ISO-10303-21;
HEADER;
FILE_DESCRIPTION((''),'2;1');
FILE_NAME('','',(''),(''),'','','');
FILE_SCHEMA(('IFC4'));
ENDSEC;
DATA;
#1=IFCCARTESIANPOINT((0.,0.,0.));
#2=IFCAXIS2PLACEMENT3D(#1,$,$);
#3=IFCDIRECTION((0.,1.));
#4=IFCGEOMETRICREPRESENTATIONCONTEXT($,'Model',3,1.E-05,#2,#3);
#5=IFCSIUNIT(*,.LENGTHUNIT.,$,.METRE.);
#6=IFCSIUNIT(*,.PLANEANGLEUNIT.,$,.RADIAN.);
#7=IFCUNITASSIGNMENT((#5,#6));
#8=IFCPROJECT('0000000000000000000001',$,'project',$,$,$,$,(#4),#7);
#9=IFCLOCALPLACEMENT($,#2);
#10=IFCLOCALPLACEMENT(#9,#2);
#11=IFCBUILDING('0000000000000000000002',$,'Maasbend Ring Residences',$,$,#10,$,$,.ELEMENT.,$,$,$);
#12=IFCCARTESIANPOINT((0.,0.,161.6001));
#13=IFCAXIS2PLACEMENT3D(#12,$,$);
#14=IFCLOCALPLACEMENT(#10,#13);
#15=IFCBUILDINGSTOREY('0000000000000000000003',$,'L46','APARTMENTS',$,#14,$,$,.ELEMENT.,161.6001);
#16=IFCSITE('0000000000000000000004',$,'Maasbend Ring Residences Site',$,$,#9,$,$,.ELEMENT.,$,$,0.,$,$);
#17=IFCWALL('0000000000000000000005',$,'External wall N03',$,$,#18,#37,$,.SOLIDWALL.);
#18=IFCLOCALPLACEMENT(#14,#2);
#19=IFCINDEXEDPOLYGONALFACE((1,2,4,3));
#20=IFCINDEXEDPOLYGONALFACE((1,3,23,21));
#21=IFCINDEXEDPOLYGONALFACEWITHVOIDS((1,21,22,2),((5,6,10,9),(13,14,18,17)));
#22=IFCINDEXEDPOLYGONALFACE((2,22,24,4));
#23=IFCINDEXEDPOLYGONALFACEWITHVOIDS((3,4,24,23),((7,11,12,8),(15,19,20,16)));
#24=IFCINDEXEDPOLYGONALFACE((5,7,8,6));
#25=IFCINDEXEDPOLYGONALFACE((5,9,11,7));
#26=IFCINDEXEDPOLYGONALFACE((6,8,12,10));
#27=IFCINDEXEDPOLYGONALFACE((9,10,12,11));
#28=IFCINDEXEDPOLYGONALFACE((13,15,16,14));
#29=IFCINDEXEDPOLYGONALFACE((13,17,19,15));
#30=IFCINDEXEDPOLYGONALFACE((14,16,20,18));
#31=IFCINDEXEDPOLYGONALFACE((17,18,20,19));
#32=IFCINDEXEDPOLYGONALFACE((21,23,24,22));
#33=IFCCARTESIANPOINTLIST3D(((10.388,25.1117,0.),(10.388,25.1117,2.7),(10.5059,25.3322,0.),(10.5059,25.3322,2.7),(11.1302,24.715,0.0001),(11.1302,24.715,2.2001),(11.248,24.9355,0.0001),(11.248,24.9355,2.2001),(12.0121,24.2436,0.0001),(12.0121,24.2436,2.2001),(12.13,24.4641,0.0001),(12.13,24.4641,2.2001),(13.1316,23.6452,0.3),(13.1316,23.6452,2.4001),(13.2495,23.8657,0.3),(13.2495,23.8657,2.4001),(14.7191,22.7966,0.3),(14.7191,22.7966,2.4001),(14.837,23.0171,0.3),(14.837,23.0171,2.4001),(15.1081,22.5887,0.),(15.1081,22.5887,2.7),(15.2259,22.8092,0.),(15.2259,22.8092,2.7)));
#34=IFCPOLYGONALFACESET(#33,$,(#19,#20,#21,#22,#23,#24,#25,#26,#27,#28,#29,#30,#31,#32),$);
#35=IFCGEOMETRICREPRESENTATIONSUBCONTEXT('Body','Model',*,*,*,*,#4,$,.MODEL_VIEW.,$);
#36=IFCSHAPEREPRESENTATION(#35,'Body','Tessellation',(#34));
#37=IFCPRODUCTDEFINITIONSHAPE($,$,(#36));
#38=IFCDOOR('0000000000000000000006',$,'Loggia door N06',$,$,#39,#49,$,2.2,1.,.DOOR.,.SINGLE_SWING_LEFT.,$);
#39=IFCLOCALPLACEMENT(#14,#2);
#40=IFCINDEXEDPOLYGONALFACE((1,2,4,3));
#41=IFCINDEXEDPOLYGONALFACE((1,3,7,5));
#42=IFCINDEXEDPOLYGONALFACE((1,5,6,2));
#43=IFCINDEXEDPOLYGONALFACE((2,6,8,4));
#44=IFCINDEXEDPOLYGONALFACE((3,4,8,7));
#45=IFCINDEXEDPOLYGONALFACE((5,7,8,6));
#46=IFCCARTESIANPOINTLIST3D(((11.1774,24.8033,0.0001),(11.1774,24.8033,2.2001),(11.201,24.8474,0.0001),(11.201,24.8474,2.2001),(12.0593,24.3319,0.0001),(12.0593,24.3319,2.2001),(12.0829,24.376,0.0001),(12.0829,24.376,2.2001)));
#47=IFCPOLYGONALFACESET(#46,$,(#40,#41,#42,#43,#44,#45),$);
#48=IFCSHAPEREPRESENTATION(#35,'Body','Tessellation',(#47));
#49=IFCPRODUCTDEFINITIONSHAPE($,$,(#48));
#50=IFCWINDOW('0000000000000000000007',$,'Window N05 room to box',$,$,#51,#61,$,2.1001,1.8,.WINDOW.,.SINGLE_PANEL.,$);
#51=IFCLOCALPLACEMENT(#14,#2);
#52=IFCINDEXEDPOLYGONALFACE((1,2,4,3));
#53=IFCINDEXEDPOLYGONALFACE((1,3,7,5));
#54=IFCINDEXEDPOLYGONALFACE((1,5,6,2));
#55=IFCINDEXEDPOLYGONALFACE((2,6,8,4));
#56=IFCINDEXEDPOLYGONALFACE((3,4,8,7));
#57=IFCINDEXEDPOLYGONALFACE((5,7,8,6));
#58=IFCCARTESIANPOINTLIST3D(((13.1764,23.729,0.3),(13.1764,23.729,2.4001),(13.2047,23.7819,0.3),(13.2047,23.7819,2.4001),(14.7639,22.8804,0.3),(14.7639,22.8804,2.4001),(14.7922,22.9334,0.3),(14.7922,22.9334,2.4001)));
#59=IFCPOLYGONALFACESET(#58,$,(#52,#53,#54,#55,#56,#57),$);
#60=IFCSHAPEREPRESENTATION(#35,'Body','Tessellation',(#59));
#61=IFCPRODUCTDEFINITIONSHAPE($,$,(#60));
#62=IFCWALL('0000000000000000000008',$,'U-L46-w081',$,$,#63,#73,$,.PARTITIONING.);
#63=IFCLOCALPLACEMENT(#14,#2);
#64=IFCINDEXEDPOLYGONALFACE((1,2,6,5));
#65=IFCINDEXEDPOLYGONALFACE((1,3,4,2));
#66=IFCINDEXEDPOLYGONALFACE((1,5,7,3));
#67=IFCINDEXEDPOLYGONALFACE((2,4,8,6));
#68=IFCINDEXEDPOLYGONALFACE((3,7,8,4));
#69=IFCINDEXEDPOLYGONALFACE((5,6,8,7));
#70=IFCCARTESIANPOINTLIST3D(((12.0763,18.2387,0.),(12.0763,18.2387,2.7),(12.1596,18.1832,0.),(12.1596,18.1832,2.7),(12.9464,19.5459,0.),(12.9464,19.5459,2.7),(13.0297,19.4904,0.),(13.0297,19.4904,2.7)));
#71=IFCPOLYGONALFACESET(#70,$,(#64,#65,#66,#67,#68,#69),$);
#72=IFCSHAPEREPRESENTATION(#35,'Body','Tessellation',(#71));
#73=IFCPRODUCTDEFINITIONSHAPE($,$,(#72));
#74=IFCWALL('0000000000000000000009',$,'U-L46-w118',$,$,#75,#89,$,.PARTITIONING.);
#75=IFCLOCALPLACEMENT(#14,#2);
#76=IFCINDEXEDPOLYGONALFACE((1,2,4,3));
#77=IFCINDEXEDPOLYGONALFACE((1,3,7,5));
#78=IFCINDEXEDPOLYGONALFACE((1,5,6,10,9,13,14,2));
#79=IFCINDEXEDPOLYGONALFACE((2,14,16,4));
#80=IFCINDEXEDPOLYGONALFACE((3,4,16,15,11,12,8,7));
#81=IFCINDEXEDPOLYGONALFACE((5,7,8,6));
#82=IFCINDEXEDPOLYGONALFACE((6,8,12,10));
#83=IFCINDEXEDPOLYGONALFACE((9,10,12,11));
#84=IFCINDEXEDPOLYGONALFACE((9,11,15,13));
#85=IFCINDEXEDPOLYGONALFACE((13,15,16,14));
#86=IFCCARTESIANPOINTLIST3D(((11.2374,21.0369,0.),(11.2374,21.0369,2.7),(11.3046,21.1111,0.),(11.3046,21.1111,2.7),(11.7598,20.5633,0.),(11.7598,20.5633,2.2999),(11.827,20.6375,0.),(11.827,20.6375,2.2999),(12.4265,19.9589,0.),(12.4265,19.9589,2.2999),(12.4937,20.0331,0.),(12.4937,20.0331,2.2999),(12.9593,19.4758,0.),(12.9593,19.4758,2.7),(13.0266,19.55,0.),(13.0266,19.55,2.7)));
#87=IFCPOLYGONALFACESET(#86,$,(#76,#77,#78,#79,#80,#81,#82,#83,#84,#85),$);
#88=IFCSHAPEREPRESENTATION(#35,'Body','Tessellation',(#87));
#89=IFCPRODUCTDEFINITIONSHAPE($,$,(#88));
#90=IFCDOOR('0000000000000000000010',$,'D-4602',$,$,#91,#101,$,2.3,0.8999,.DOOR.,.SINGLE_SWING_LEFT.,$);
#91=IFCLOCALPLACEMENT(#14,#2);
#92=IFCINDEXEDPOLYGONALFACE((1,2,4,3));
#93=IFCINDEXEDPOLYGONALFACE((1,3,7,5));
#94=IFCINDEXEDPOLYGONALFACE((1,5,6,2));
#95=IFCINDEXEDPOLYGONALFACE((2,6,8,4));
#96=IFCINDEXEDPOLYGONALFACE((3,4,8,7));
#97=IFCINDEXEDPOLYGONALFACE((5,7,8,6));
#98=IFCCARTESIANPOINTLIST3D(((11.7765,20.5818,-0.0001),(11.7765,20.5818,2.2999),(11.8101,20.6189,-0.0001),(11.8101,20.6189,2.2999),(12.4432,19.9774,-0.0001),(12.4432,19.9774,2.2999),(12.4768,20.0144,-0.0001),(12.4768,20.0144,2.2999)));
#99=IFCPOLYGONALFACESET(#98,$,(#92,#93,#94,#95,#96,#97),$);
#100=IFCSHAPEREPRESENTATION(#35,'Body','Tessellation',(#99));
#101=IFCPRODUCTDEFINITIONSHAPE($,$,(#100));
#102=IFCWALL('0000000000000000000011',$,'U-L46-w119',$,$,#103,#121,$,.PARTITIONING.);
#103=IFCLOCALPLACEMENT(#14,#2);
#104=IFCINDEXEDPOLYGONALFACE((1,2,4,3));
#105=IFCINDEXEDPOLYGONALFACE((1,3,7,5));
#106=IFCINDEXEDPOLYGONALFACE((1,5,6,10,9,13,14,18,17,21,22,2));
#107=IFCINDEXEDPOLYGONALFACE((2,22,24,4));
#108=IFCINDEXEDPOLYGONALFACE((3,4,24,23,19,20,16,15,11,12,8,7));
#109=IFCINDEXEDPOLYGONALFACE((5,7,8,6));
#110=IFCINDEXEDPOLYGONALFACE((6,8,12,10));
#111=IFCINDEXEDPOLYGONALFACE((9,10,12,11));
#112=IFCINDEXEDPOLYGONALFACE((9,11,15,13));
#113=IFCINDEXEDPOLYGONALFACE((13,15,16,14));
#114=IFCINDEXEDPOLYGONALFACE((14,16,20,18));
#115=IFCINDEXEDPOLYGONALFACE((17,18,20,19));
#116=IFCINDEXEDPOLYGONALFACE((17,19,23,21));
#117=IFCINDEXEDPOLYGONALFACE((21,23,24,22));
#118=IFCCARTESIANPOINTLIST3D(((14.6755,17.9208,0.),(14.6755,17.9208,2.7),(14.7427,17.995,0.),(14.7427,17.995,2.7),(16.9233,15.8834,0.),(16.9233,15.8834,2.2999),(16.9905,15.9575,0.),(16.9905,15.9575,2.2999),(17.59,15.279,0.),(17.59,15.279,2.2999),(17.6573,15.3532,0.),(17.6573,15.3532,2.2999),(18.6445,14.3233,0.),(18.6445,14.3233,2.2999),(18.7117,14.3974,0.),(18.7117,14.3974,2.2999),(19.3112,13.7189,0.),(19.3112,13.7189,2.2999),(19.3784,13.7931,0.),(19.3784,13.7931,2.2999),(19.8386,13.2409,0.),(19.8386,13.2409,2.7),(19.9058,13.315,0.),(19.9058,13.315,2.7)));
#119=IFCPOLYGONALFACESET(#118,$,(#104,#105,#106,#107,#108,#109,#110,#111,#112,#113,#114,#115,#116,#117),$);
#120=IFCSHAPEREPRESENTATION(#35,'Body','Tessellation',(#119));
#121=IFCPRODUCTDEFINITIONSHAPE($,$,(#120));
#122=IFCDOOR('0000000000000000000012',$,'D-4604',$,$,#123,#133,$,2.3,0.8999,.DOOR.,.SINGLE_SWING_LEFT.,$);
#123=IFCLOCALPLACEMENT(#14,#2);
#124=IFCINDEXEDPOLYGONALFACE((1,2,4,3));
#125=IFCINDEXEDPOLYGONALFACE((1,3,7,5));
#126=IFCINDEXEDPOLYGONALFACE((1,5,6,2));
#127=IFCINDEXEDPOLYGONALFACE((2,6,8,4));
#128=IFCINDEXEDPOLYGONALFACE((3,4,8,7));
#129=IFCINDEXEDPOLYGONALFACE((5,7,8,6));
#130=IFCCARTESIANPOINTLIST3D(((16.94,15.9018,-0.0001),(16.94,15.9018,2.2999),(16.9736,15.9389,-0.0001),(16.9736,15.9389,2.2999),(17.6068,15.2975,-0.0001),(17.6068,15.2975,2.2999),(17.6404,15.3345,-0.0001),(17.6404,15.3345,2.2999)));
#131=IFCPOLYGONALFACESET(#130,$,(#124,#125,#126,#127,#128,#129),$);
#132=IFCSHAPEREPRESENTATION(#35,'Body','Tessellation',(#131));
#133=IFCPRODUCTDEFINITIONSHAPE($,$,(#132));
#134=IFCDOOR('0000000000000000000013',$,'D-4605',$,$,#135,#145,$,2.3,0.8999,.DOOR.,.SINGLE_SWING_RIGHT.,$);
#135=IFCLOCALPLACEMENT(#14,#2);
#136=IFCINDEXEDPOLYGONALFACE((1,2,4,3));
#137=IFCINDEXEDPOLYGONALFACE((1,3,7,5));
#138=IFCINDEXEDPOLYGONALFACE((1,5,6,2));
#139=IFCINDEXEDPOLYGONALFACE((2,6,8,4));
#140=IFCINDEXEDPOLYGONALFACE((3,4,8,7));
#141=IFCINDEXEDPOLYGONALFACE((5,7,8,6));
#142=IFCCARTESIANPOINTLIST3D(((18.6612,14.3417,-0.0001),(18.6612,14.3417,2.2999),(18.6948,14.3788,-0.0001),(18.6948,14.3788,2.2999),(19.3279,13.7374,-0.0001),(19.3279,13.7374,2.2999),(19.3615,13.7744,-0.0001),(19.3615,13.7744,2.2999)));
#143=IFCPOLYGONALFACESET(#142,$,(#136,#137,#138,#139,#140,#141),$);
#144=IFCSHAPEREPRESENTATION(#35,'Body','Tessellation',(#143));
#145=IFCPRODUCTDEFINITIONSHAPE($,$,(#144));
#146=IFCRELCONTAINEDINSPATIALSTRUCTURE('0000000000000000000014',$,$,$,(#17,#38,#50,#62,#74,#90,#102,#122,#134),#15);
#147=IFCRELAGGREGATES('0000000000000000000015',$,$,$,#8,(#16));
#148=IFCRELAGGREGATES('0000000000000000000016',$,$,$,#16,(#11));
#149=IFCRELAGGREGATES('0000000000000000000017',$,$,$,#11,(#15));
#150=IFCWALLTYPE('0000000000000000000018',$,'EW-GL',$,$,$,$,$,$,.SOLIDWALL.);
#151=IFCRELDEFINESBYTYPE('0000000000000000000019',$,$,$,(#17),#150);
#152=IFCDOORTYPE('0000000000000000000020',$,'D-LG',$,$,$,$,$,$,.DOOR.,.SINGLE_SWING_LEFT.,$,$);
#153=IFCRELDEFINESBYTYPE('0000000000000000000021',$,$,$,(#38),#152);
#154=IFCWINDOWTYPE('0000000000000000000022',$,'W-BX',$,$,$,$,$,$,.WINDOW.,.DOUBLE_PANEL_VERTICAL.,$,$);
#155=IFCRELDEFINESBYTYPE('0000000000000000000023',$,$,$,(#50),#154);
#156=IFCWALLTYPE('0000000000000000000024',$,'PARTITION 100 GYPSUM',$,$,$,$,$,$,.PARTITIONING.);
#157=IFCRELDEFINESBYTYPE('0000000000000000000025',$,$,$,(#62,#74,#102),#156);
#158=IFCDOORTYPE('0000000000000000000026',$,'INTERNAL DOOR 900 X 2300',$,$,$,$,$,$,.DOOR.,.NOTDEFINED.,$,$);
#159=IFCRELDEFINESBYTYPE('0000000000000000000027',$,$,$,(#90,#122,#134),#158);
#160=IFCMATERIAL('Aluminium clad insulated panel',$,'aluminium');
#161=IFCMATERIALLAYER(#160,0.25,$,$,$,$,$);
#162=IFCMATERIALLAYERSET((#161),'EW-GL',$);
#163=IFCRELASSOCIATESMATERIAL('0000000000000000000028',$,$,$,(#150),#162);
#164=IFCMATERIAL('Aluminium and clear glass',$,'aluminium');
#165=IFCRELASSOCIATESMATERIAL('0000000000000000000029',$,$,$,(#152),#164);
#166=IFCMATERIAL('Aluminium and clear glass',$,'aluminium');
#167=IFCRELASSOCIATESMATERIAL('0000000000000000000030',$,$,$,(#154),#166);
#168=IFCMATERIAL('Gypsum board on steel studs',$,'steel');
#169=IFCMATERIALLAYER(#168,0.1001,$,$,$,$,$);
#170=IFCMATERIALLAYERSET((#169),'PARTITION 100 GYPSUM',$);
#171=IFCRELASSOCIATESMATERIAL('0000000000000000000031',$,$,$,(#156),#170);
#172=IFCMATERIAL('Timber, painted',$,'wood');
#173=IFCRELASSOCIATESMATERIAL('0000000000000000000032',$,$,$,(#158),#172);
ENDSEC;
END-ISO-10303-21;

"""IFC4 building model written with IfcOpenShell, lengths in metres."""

from ifc_helpers import new_model, si_unit, direction, frame, frame_2d, origin, place, context, subcontext, project, spatial, rectangle, extrude, material, layer, layer_set, type_object, element, fill, save


model = new_model("IFC4")

# Units and contexts
model_context = context("Model", 3, precision=1e-05, world=origin(), true_north=direction((0.0, 1.0)))
body_context = subcontext(model_context, "Body", "Model", "MODEL_VIEW")
ifc_project = project(units=[si_unit("LENGTHUNIT", "METRE"), si_unit("PLANEANGLEUNIT", "RADIAN")], contexts=[model_context])

# Site, building, storey
site_placement = place(None, origin())
site = spatial("IfcSite", under=ifc_project, at=site_placement, Name="Maasbend Ring Residences Site", CompositionType="ELEMENT", RefElevation=0.0)
building_placement = place(site_placement, origin())
building = spatial("IfcBuilding", under=site, at=building_placement, Name="Maasbend Ring Residences", CompositionType="ELEMENT")
storey_placement = place(building_placement, frame((0.0, 0.0, 161.6001)))
storey = spatial("IfcBuildingStorey", under=building, at=storey_placement, Name="L46", Description="APARTMENTS", CompositionType="ELEMENT", Elevation=161.6001)

# Wall, openings, door, window
ifc_material_1 = material(Name="Aluminium clad insulated panel", Category="aluminium")
ifc_layer_1 = layer(ifc_material_1, 0.25)
ifc_layer_set_1 = layer_set([ifc_layer_1], Name="EW-GL")
wall_type_1 = type_object("IfcWallType", Name="EW-GL", PredefinedType="SOLIDWALL", material=ifc_layer_set_1)
ifc_material_2 = material(Name="Aluminium and clear glass", Category="aluminium")
door_type_1 = type_object("IfcDoorType", Name="D-LG", OperationType="SINGLE_SWING_LEFT", PredefinedType="DOOR", material=ifc_material_2)
ifc_material_3 = material(Name="Aluminium and clear glass", Category="aluminium")
window_type_1 = type_object("IfcWindowType", Name="W-BX", PartitioningType="DOUBLE_PANEL_VERTICAL", PredefinedType="WINDOW", material=ifc_material_3)
wall_1_placement = place(storey_placement, frame((15.167, 22.699, 0.0), z_axis=(0.0, 0.0, 1.0), x_axis=(-0.881916, 0.471407, 0.0)))
wall_1 = element("IfcWall", 1, at=wall_1_placement, inside=storey, type_object=wall_type_1, Name="External wall N03", PredefinedType="SOLIDWALL", context=body_context, shape_type="SweptSolid", body=[
    extrude(rectangle(XDim=5.3521, YDim=0.25, at=frame_2d((2.676, 0.0))), origin(), (0.0, 0.0, 1.0), 2.7),
])
opening_1_placement = place(wall_1_placement, frame((0.4412, 0.0, 0.3)))
opening_1 = element("IfcOpeningElement", 2, at=opening_1_placement, cuts=wall_1, PredefinedType="OPENING", context=body_context, shape_type="SweptSolid", body=[
    extrude(rectangle(XDim=1.8, YDim=2.1001, at=frame_2d((0.8999, 1.05))), frame((0.0, 0.135, 0.0), z_axis=(0.0, -1.0, 0.0), x_axis=(1.0, 0.0, 0.0)), (0.0, 0.0, 1.0), 0.27),
])
opening_2_placement = place(wall_1_placement, frame((3.5105, 0.0, 0.0)))
opening_2 = element("IfcOpeningElement", 3, at=opening_2_placement, cuts=wall_1, PredefinedType="OPENING", context=body_context, shape_type="SweptSolid", body=[
    extrude(rectangle(XDim=1.0, YDim=2.2, at=frame_2d((0.5, 1.1001))), frame((0.0, 0.135, 0.0), z_axis=(0.0, -1.0, 0.0), x_axis=(1.0, 0.0, 0.0)), (0.0, 0.0, 1.0), 0.27),
])
door_1_placement = place(opening_2_placement, origin())
door_1 = element("IfcDoor", 4, at=door_1_placement, inside=storey, type_object=door_type_1, Name="Loggia door N06", OperationType="SINGLE_SWING_LEFT", OverallHeight=2.2, OverallWidth=1.0, PredefinedType="DOOR", context=body_context, shape_type="SweptSolid", body=[
    extrude(rectangle(XDim=1.0, YDim=2.2, at=frame_2d((0.5, 1.1001))), frame((0.0, 0.0249, 0.0), z_axis=(0.0, -1.0, 0.0), x_axis=(1.0, 0.0, 0.0)), (0.0, 0.0, 1.0), 0.05),
])
fill(opening_2, door_1)
window_1_placement = place(opening_1_placement, origin())
window_1 = element("IfcWindow", 5, at=window_1_placement, inside=storey, type_object=window_type_1, Name="Window N05 room to box", OverallHeight=2.1001, OverallWidth=1.8, PartitioningType="SINGLE_PANEL", PredefinedType="WINDOW", context=body_context, shape_type="SweptSolid", body=[
    extrude(rectangle(XDim=1.8, YDim=2.1001, at=frame_2d((0.8999, 1.05))), frame((0.0, 0.03, 0.0), z_axis=(0.0, -1.0, 0.0), x_axis=(1.0, 0.0, 0.0)), (0.0, 0.0, 1.0), 0.0601),
])
fill(opening_1, window_1)

# Wall
ifc_material_4 = material(Name="Gypsum board on steel studs", Category="steel")
ifc_layer_2 = layer(ifc_material_4, 0.1001)
ifc_layer_set_2 = layer_set([ifc_layer_2], Name="PARTITION 100 GYPSUM")
wall_type_2 = type_object("IfcWallType", Name="PARTITION 100 GYPSUM", PredefinedType="PARTITIONING", material=ifc_layer_set_2)
wall_2_placement = place(storey_placement, frame((12.1179, 18.2109, 0.0), z_axis=(0.0, 0.0, 1.0), x_axis=(0.554126, 0.832433, 0.0)))
element("IfcWall", 6, at=wall_2_placement, inside=storey, type_object=wall_type_2, Name="U-L46-w081", PredefinedType="PARTITIONING", context=body_context, shape_type="SweptSolid", body=[
    extrude(rectangle(XDim=1.5703, YDim=0.1001, at=frame_2d((0.7852, 0.0))), origin(), (0.0, 0.0, 1.0), 2.7),
])

# Wall, opening, door
wall_3_placement = place(storey_placement, frame((11.271, 21.074, 0.0), z_axis=(0.0, 0.0, 1.0), x_axis=(0.740871, -0.671647, 0.0)))
wall_3 = element("IfcWall", 7, at=wall_3_placement, inside=storey, type_object=wall_type_2, Name="U-L46-w118", PredefinedType="PARTITIONING", context=body_context, shape_type="SweptSolid", body=[
    extrude(rectangle(XDim=2.3242, YDim=0.1001, at=frame_2d((1.1621, 0.0))), origin(), (0.0, 0.0, 1.0), 2.7),
])
opening_3_placement = place(wall_3_placement, frame((0.7051, 0.0, 0.0)))
opening_3 = element("IfcOpeningElement", 8, at=opening_3_placement, cuts=wall_3, PredefinedType="OPENING", context=body_context, shape_type="SweptSolid", body=[
    extrude(rectangle(XDim=0.8999, YDim=2.3, at=frame_2d((0.45, 1.1499))), frame((0.0, 0.0601, 0.0), z_axis=(0.0, -1.0, 0.0), x_axis=(1.0, 0.0, 0.0)), (0.0, 0.0, 1.0), 0.1201),
])
ifc_material_5 = material(Name="Timber, painted", Category="wood")
door_type_2 = type_object("IfcDoorType", Name="INTERNAL DOOR 900 X 2300", OperationType="NOTDEFINED", PredefinedType="DOOR", material=ifc_material_5)
door_2_placement = place(opening_3_placement, origin())
door_2 = element("IfcDoor", 9, at=door_2_placement, inside=storey, type_object=door_type_2, Name="D-4602", OperationType="SINGLE_SWING_LEFT", OverallHeight=2.3, OverallWidth=0.8999, PredefinedType="DOOR", context=body_context, shape_type="SweptSolid", body=[
    extrude(rectangle(XDim=0.8999, YDim=2.3, at=frame_2d((0.45, 1.1499))), frame((0.0, 0.0249, 0.0), z_axis=(0.0, -1.0, 0.0), x_axis=(1.0, 0.0, 0.0)), (0.0, 0.0, 1.0), 0.05),
])
fill(opening_3, door_2)

# Wall, openings, doors
wall_4_placement = place(storey_placement, frame((14.709, 17.958, 0.0), z_axis=(0.0, 0.0, 1.0), x_axis=(0.740924, -0.671589, 0.0)))
wall_4 = element("IfcWall", 10, at=wall_4_placement, inside=storey, type_object=wall_type_2, Name="U-L46-w119", PredefinedType="PARTITIONING", context=body_context, shape_type="SweptSolid", body=[
    extrude(rectangle(XDim=6.9685, YDim=0.1001, at=frame_2d((3.4844, 0.0))), origin(), (0.0, 0.0, 1.0), 2.7),
])
opening_4_placement = place(wall_4_placement, frame((3.0339, 0.0, 0.0)))
opening_4 = element("IfcOpeningElement", 11, at=opening_4_placement, cuts=wall_4, PredefinedType="OPENING", context=body_context, shape_type="SweptSolid", body=[
    extrude(rectangle(XDim=0.8999, YDim=2.3, at=frame_2d((0.45, 1.1499))), frame((0.0, 0.0601, 0.0), z_axis=(0.0, -1.0, 0.0), x_axis=(1.0, 0.0, 0.0)), (0.0, 0.0, 1.0), 0.1201),
])
opening_5_placement = place(wall_4_placement, frame((5.3569, 0.0, 0.0)))
opening_5 = element("IfcOpeningElement", 12, at=opening_5_placement, cuts=wall_4, PredefinedType="OPENING", context=body_context, shape_type="SweptSolid", body=[
    extrude(rectangle(XDim=0.8999, YDim=2.3, at=frame_2d((0.45, 1.1499))), frame((0.0, 0.0601, 0.0), z_axis=(0.0, -1.0, 0.0), x_axis=(1.0, 0.0, 0.0)), (0.0, 0.0, 1.0), 0.1201),
])
door_3_placement = place(opening_4_placement, origin())
door_3 = element("IfcDoor", 13, at=door_3_placement, inside=storey, type_object=door_type_2, Name="D-4604", OperationType="SINGLE_SWING_LEFT", OverallHeight=2.3, OverallWidth=0.8999, PredefinedType="DOOR", context=body_context, shape_type="SweptSolid", body=[
    extrude(rectangle(XDim=0.8999, YDim=2.3, at=frame_2d((0.45, 1.1499))), frame((0.0, 0.0249, 0.0), z_axis=(0.0, -1.0, 0.0), x_axis=(1.0, 0.0, 0.0)), (0.0, 0.0, 1.0), 0.05),
])
fill(opening_4, door_3)
door_4_placement = place(opening_5_placement, origin())
door_4 = element("IfcDoor", 14, at=door_4_placement, inside=storey, type_object=door_type_2, Name="D-4605", OperationType="SINGLE_SWING_RIGHT", OverallHeight=2.3, OverallWidth=0.8999, PredefinedType="DOOR", context=body_context, shape_type="SweptSolid", body=[
    extrude(rectangle(XDim=0.8999, YDim=2.3, at=frame_2d((0.45, 1.1499))), frame((0.0, 0.0249, 0.0), z_axis=(0.0, -1.0, 0.0), x_axis=(1.0, 0.0, 0.0)), (0.0, 0.0, 1.0), 0.05),
])
fill(opening_5, door_4)

save(model, "model.ifc")
